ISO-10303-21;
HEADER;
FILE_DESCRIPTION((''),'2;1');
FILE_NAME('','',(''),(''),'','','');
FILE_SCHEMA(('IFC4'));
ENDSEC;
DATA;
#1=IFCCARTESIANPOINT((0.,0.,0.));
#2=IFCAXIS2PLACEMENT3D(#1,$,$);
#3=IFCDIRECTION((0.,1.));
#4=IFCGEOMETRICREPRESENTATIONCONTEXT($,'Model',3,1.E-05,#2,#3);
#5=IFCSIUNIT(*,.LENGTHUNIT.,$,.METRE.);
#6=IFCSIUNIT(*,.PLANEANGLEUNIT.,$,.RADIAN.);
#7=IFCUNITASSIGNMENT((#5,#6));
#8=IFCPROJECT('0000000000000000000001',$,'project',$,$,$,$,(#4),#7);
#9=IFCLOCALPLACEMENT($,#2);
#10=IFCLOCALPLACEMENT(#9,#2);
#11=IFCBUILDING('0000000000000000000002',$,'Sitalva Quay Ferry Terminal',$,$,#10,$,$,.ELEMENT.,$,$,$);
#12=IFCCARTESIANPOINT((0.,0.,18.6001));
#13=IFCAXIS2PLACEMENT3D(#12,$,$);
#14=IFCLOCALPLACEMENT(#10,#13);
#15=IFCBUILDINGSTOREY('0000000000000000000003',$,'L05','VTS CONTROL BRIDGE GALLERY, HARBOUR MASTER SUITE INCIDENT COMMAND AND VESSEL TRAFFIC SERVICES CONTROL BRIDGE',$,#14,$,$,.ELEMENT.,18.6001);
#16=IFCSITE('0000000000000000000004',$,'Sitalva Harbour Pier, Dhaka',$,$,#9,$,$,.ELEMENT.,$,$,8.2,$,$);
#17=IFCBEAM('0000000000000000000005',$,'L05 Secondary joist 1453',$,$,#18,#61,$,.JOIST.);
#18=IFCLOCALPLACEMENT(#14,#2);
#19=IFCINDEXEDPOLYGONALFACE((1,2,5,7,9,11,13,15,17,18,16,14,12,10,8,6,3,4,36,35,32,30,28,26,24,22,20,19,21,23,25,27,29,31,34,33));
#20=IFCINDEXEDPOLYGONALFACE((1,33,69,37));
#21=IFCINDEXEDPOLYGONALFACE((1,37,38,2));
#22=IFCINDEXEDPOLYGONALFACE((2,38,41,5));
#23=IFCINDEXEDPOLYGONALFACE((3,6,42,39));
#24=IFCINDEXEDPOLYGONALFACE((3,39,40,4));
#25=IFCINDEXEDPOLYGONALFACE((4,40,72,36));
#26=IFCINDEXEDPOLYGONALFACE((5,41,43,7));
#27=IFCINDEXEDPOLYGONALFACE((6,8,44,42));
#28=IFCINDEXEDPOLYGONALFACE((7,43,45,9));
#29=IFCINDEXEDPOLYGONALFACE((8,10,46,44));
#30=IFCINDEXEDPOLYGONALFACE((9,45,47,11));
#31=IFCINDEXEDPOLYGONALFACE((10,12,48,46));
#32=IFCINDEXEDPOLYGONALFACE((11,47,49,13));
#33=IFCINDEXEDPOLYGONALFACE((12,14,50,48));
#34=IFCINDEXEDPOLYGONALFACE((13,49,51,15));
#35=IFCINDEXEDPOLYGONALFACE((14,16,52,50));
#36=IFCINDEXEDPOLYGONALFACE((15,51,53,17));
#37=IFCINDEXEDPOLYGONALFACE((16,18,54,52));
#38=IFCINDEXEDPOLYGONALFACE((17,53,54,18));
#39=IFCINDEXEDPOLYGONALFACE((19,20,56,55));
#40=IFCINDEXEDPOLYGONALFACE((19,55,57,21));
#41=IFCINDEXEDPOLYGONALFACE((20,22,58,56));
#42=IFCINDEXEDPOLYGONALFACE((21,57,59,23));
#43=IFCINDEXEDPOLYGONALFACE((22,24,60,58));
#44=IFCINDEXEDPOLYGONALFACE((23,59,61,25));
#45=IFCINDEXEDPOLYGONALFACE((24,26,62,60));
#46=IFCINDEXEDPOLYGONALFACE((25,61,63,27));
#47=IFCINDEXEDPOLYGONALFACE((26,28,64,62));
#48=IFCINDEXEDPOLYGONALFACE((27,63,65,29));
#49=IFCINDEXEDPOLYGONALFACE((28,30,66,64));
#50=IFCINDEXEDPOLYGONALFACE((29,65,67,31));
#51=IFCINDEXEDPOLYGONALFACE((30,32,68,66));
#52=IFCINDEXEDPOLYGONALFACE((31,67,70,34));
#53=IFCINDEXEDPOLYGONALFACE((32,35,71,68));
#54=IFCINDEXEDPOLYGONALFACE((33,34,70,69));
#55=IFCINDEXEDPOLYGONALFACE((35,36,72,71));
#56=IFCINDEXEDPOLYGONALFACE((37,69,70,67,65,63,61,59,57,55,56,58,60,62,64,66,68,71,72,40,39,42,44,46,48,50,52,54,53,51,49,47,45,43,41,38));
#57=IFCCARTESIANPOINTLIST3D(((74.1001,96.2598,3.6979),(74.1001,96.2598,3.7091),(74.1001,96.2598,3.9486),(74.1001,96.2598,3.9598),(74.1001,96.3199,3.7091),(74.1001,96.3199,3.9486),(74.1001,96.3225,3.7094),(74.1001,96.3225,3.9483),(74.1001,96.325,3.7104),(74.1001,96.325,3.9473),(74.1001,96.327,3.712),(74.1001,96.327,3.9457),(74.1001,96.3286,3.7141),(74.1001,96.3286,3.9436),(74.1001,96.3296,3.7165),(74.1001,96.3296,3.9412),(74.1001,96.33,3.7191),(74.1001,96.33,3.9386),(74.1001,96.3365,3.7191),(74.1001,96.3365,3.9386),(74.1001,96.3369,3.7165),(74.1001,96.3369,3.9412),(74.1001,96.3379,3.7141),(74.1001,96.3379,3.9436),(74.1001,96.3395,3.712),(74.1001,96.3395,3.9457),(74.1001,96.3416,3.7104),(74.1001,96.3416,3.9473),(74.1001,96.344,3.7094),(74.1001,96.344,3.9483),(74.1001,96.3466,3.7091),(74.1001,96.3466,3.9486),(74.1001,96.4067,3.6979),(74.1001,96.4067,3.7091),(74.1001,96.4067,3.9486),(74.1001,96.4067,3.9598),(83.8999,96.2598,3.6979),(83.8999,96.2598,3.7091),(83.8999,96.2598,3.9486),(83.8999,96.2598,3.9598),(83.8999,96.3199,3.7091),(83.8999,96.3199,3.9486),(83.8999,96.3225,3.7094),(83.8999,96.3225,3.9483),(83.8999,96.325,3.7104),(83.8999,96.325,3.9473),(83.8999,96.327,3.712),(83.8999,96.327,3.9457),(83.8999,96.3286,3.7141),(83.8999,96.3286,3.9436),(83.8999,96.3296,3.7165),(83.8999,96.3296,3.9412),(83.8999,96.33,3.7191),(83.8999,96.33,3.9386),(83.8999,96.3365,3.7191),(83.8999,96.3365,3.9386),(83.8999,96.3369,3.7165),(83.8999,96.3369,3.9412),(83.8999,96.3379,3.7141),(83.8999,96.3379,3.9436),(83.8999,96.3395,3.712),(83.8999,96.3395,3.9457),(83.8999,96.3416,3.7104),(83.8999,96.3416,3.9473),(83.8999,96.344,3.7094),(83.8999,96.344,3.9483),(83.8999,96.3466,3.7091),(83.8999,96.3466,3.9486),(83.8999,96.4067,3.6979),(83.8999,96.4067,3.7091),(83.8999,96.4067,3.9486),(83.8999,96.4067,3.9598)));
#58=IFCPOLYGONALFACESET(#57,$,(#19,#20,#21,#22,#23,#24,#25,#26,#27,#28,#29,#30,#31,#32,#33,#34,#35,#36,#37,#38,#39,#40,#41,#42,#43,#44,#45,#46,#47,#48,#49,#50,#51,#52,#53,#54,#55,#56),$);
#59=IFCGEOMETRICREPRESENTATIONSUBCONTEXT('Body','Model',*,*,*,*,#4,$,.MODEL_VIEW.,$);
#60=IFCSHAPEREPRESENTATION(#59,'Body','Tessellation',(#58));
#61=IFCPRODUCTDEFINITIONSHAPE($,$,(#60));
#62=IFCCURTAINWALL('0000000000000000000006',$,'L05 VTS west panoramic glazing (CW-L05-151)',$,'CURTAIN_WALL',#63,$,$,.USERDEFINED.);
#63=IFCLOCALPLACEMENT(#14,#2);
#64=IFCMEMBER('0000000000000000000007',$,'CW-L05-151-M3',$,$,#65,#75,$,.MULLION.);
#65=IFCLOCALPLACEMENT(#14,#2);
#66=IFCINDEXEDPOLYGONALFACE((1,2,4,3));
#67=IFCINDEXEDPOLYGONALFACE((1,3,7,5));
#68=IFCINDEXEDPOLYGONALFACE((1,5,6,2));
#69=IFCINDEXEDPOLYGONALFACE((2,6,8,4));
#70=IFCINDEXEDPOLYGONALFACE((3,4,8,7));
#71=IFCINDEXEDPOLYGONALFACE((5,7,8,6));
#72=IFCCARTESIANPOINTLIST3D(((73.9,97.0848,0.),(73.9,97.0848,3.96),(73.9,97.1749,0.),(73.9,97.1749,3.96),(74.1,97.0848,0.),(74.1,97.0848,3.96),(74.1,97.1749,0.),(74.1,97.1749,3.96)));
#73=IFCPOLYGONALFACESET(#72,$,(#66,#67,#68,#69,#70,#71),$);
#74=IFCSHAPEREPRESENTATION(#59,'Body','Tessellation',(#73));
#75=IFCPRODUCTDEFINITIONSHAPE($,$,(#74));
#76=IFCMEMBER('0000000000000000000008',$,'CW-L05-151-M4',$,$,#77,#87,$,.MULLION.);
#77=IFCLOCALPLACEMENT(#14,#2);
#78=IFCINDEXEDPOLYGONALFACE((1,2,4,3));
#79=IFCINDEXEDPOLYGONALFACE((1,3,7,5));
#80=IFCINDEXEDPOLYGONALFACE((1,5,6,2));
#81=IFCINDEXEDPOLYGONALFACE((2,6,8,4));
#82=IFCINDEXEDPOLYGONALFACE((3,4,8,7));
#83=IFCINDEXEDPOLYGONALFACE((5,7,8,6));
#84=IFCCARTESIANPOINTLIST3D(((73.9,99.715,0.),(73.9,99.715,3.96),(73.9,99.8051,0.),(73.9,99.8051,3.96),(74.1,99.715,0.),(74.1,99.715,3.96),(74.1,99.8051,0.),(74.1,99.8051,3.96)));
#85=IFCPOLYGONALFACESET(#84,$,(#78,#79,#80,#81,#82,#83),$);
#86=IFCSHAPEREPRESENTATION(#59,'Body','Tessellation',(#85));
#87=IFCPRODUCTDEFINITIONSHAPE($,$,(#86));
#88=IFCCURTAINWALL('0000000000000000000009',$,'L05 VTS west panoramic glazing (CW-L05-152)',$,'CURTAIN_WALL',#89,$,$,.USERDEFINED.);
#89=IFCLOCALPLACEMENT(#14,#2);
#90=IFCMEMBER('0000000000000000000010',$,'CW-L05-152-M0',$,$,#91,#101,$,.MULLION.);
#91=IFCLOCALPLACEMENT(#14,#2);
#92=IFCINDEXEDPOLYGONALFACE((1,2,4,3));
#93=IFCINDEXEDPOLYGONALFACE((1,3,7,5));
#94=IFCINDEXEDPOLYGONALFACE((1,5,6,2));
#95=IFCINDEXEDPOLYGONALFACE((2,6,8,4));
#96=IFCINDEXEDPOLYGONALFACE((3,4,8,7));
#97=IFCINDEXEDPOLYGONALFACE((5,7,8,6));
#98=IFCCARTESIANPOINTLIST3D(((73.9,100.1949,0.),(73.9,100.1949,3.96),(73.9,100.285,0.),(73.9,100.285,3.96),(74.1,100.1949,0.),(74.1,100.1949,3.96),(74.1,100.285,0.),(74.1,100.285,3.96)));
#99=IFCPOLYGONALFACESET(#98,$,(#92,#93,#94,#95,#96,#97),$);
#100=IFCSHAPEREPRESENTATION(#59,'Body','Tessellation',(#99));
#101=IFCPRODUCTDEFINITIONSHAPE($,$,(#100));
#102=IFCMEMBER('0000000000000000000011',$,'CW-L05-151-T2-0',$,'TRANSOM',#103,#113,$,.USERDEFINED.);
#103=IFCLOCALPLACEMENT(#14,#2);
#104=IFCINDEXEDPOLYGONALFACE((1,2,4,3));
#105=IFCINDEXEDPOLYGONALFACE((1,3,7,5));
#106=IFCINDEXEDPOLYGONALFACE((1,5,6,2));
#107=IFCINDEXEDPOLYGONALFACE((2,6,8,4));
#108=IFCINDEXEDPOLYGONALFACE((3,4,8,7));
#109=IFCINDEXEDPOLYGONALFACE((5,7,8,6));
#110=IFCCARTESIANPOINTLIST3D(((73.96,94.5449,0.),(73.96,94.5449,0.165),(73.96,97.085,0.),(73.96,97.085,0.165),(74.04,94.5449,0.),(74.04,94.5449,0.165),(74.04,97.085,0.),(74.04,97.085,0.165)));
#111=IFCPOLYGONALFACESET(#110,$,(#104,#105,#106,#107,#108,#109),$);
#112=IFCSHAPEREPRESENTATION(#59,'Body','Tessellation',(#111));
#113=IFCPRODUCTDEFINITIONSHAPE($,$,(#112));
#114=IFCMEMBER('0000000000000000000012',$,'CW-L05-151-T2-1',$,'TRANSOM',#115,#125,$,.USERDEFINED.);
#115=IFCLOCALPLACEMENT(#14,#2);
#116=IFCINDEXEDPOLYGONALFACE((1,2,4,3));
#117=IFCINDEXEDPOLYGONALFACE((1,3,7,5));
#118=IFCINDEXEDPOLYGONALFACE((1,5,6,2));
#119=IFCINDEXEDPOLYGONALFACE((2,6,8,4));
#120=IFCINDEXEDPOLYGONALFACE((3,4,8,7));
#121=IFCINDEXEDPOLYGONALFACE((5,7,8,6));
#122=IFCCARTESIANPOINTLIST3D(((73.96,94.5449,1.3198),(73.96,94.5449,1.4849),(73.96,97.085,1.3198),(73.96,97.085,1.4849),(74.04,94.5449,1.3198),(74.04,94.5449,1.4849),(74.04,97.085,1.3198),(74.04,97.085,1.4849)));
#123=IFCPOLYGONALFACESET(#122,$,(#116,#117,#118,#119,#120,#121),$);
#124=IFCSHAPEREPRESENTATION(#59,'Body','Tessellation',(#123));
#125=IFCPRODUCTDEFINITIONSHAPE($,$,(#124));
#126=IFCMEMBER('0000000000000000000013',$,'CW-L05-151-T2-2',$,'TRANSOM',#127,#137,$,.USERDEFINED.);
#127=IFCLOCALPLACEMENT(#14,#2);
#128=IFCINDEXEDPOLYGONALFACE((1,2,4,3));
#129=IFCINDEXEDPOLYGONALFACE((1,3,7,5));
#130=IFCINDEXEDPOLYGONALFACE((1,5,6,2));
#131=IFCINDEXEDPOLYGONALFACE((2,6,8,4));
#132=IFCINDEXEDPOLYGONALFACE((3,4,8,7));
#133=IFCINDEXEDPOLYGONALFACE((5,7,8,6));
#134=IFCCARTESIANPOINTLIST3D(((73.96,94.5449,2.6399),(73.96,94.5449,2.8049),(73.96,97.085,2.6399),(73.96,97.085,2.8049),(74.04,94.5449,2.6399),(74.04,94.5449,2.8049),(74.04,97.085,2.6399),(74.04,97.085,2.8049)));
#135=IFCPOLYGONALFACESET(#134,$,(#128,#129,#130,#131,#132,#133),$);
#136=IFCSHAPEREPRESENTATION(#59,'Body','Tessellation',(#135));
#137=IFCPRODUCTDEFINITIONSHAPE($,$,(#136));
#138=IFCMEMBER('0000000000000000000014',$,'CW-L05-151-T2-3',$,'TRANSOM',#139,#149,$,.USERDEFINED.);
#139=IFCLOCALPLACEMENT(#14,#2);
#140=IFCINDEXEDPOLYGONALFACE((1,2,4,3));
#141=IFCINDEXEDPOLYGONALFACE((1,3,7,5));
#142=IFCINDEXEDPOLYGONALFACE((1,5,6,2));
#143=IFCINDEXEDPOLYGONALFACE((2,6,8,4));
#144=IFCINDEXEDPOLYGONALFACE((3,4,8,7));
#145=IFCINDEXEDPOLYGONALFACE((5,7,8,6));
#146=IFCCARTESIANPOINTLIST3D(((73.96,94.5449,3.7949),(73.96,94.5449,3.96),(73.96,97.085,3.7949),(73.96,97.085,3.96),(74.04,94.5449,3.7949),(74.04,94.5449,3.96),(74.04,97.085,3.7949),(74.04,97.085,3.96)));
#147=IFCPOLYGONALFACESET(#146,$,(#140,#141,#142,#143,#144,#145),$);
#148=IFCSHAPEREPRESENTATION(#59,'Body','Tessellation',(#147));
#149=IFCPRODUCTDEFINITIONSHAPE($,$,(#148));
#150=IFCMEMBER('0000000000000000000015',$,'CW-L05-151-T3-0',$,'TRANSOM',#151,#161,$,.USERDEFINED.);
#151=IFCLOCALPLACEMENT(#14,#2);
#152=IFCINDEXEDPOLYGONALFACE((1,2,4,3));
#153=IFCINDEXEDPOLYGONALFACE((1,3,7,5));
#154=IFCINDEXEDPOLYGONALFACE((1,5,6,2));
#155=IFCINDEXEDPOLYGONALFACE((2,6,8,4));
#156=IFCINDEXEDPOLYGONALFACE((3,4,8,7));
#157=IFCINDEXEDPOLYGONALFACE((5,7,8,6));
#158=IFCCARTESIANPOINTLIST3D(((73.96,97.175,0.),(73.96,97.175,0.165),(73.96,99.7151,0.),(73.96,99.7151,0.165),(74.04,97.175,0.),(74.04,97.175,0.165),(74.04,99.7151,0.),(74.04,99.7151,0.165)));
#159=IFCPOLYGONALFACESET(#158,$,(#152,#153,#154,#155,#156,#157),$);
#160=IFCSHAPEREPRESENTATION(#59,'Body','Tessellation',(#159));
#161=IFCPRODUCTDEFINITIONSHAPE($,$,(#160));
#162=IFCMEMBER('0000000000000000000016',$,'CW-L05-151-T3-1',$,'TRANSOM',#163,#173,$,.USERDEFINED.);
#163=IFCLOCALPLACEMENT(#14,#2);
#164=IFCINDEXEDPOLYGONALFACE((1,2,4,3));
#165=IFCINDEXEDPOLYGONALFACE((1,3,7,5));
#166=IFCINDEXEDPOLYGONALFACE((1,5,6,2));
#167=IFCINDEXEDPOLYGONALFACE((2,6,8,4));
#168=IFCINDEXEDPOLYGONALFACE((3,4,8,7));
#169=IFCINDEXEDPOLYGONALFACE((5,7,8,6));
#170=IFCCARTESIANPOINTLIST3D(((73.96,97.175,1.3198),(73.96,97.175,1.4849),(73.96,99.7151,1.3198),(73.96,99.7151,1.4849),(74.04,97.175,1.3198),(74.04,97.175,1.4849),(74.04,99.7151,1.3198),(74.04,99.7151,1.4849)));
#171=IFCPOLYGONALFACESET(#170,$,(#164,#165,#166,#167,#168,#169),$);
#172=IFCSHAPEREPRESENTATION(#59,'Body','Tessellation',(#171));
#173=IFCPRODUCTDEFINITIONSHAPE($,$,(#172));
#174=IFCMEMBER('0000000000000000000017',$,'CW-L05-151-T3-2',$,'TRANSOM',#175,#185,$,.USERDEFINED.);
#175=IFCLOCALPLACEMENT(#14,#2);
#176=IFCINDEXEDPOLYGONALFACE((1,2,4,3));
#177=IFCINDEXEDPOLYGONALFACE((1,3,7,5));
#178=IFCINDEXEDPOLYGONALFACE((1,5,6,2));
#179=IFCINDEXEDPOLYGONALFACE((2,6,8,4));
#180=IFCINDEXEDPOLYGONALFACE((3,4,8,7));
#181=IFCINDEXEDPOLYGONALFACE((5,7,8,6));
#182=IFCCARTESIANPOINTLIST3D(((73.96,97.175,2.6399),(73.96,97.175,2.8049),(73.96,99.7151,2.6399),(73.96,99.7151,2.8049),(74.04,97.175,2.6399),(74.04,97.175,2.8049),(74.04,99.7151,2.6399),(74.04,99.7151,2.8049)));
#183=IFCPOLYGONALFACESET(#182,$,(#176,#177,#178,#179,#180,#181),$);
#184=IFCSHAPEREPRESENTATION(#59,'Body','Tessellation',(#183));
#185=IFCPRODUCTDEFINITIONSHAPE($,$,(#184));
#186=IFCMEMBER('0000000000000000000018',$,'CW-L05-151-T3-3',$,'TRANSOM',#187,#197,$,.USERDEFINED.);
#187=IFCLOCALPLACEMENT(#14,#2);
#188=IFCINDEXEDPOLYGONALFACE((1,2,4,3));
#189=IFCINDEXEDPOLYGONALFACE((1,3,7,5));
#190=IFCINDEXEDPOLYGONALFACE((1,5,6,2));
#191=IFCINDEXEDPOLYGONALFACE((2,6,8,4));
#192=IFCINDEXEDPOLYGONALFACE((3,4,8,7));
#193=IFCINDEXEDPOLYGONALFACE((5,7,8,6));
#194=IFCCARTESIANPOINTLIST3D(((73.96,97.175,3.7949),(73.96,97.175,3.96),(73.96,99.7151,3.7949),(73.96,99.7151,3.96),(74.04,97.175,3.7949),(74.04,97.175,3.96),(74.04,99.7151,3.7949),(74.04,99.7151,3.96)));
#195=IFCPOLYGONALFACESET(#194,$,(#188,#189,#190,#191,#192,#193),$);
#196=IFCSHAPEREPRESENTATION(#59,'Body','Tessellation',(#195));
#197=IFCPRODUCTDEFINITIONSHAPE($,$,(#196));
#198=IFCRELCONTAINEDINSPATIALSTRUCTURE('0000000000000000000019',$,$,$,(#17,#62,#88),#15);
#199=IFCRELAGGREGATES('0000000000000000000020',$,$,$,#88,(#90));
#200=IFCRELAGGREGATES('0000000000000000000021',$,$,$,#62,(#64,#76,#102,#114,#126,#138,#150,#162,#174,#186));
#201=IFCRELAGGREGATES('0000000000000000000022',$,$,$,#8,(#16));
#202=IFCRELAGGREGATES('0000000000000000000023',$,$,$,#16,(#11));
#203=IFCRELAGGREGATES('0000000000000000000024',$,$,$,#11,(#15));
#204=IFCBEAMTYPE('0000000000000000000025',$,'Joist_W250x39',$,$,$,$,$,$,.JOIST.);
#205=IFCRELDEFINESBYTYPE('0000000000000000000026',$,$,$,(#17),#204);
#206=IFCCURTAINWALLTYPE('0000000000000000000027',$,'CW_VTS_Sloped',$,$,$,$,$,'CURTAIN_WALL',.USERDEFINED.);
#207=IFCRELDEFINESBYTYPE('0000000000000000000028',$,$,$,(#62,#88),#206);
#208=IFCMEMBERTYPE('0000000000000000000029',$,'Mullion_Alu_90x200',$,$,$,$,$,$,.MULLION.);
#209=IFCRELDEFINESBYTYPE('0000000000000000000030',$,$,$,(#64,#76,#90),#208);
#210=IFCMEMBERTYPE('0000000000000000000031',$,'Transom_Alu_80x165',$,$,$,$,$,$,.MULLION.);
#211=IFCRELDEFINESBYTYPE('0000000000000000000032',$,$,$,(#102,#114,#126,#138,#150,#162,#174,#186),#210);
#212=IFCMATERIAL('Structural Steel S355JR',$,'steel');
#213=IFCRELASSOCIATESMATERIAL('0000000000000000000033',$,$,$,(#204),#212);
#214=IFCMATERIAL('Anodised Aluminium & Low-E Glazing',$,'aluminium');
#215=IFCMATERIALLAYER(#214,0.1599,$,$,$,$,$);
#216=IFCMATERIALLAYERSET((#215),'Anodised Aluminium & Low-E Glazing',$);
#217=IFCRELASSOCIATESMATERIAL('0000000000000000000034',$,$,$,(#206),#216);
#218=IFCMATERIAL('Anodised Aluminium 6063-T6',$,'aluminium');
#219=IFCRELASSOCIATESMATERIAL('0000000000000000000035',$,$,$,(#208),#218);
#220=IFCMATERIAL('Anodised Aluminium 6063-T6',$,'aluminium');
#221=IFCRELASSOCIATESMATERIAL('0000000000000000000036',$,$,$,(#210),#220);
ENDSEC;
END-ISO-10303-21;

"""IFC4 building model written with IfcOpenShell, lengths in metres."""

from ifc_helpers import new_model, si_unit, direction, frame, origin, origin_2d, place, context, subcontext, project, spatial, rectangle, i_section, extrude, material, layer, layer_set, material_profile, profile_set, type_object, element, aggregate, save


model = new_model("IFC4")

# Units and contexts
model_context = context("Model", 3, precision=1e-05, world=origin(), true_north=direction((0.0, 1.0)))
body_context = subcontext(model_context, "Body", "Model", "MODEL_VIEW")
ifc_project = project(units=[si_unit("LENGTHUNIT", "METRE"), si_unit("PLANEANGLEUNIT", "RADIAN")], contexts=[model_context])

# Site, building, storey
site_placement = place(None, origin())
site = spatial("IfcSite", under=ifc_project, at=site_placement, Name="Sitalva Harbour Pier, Dhaka", CompositionType="ELEMENT", RefElevation=8.2)
building_placement = place(site_placement, origin())
building = spatial("IfcBuilding", under=site, at=building_placement, Name="Sitalva Quay Ferry Terminal", CompositionType="ELEMENT")
storey_placement = place(building_placement, frame((0.0, 0.0, 18.6001)))
storey = spatial("IfcBuildingStorey", under=building, at=storey_placement, Name="L05", Description="VTS CONTROL BRIDGE GALLERY, HARBOUR MASTER SUITE INCIDENT COMMAND AND VESSEL TRAFFIC SERVICES CONTROL BRIDGE", CompositionType="ELEMENT", Elevation=18.6001)

# Beam
ifc_material_1 = material(Name="Structural Steel S355JR", Category="steel")
ifc_material_profile_1 = material_profile(ifc_material_1, i_section(OverallWidth=0.147, OverallDepth=0.262, WebThickness=0.0066, FlangeThickness=0.0112, FilletRadius=0.01, at=origin_2d()), Name="W250x39")
ifc_profile_set_1 = profile_set([ifc_material_profile_1], Name="Structural Steel S355JR")
beam_type_1 = type_object("IfcBeamType", Name="Joist_W250x39", PredefinedType="JOIST", material=ifc_profile_set_1)
beam_1_placement = place(storey_placement, frame((74.1001, 96.3333, 3.8289), z_axis=(1.0, 0.0, 0.0), x_axis=(0.0, 1.0, 0.0)))
element("IfcBeam", 1, at=beam_1_placement, inside=storey, type_object=beam_type_1, Name="L05 Secondary joist 1453", PredefinedType="JOIST", context=body_context, shape_type="SweptSolid", body=[
    extrude(i_section(OverallWidth=0.147, OverallDepth=0.262, WebThickness=0.0066, FlangeThickness=0.0112, FilletRadius=0.01, at=origin_2d()), origin(), (0.0, 0.0, 1.0), 9.7998),
])

# Curtain wall, members
ifc_material_2 = material(Name="Anodised Aluminium & Low-E Glazing", Category="aluminium")
ifc_layer_1 = layer(ifc_material_2, 0.1599)
ifc_layer_set_1 = layer_set([ifc_layer_1], Name="Anodised Aluminium & Low-E Glazing")
curtain_wall_type = type_object("IfcCurtainWallType", Name="CW_VTS_Sloped", ElementType="CURTAIN_WALL", PredefinedType="USERDEFINED", material=ifc_layer_set_1)
curtain_wall_1_placement = place(storey_placement, origin())
curtain_wall_1 = element("IfcCurtainWall", 2, at=curtain_wall_1_placement, inside=storey, type_object=curtain_wall_type, Name="L05 VTS west panoramic glazing (CW-L05-151)", ObjectType="CURTAIN_WALL", PredefinedType="USERDEFINED")
ifc_material_3 = material(Name="Anodised Aluminium 6063-T6", Category="aluminium")
ifc_material_profile_2 = material_profile(ifc_material_3, rectangle(XDim=0.0901, YDim=0.2, at=origin_2d()), Name="ALU90x200")
ifc_profile_set_2 = profile_set([ifc_material_profile_2], Name="Anodised Aluminium 6063-T6")
member_type_1 = type_object("IfcMemberType", Name="Mullion_Alu_90x200", PredefinedType="MULLION", material=ifc_profile_set_2)
member_1_placement = place(storey_placement, frame((74.0, 97.1299, 0.0), z_axis=(0.0, 0.0, 1.0), x_axis=(0.0, 1.0, 0.0)))
member_1 = element("IfcMember", 3, at=member_1_placement, type_object=member_type_1, Name="CW-L05-151-M3", PredefinedType="MULLION", context=body_context, shape_type="SweptSolid", body=[
    extrude(rectangle(XDim=0.0901, YDim=0.2, at=origin_2d()), origin(), (0.0, 0.0, 1.0), 3.96),
])
member_2_placement = place(storey_placement, frame((74.0, 99.76, 0.0), z_axis=(0.0, 0.0, 1.0), x_axis=(0.0, 1.0, 0.0)))
member_2 = element("IfcMember", 4, at=member_2_placement, type_object=member_type_1, Name="CW-L05-151-M4", PredefinedType="MULLION", context=body_context, shape_type="SweptSolid", body=[
    extrude(rectangle(XDim=0.0901, YDim=0.2, at=origin_2d()), origin(), (0.0, 0.0, 1.0), 3.96),
])

# Curtain wall, member
curtain_wall_2_placement = place(storey_placement, origin())
curtain_wall_2 = element("IfcCurtainWall", 5, at=curtain_wall_2_placement, inside=storey, type_object=curtain_wall_type, Name="L05 VTS west panoramic glazing (CW-L05-152)", ObjectType="CURTAIN_WALL", PredefinedType="USERDEFINED")
member_3_placement = place(storey_placement, frame((74.0, 100.24, 0.0), z_axis=(0.0, 0.0, 1.0), x_axis=(0.0, 1.0, 0.0)))
member_3 = element("IfcMember", 6, at=member_3_placement, type_object=member_type_1, Name="CW-L05-152-M0", PredefinedType="MULLION", context=body_context, shape_type="SweptSolid", body=[
    extrude(rectangle(XDim=0.0901, YDim=0.2, at=origin_2d()), origin(), (0.0, 0.0, 1.0), 3.96),
])

# Members
ifc_material_4 = material(Name="Anodised Aluminium 6063-T6", Category="aluminium")
ifc_material_profile_3 = material_profile(ifc_material_4, rectangle(XDim=0.0801, YDim=0.165, at=origin_2d()), Name="ALU80x165")
ifc_profile_set_3 = profile_set([ifc_material_profile_3], Name="Anodised Aluminium 6063-T6")
member_type_2 = type_object("IfcMemberType", Name="Transom_Alu_80x165", PredefinedType="MULLION", material=ifc_profile_set_3)
member_4_placement = place(storey_placement, frame((74.0, 94.5449, 0.0825), z_axis=(0.0, 1.0, 0.0), x_axis=(-1.0, 0.0, 0.0)))
member_4 = element("IfcMember", 7, at=member_4_placement, type_object=member_type_2, Name="CW-L05-151-T2-0", ObjectType="TRANSOM", PredefinedType="USERDEFINED", context=body_context, shape_type="SweptSolid", body=[
    extrude(rectangle(XDim=0.0801, YDim=0.165, at=origin_2d()), origin(), (0.0, 0.0, 1.0), 2.54),
])
member_5_placement = place(storey_placement, frame((74.0, 94.5449, 1.4023), z_axis=(0.0, 1.0, 0.0), x_axis=(-1.0, 0.0, 0.0)))
member_5 = element("IfcMember", 8, at=member_5_placement, type_object=member_type_2, Name="CW-L05-151-T2-1", ObjectType="TRANSOM", PredefinedType="USERDEFINED", context=body_context, shape_type="SweptSolid", body=[
    extrude(rectangle(XDim=0.0801, YDim=0.165, at=origin_2d()), origin(), (0.0, 0.0, 1.0), 2.54),
])
member_6_placement = place(storey_placement, frame((74.0, 94.5449, 2.7224), z_axis=(0.0, 1.0, 0.0), x_axis=(-1.0, 0.0, 0.0)))
member_6 = element("IfcMember", 9, at=member_6_placement, type_object=member_type_2, Name="CW-L05-151-T2-2", ObjectType="TRANSOM", PredefinedType="USERDEFINED", context=body_context, shape_type="SweptSolid", body=[
    extrude(rectangle(XDim=0.0801, YDim=0.165, at=origin_2d()), origin(), (0.0, 0.0, 1.0), 2.54),
])
member_7_placement = place(storey_placement, frame((74.0, 94.5449, 3.8774), z_axis=(0.0, 1.0, 0.0), x_axis=(-1.0, 0.0, 0.0)))
member_7 = element("IfcMember", 10, at=member_7_placement, type_object=member_type_2, Name="CW-L05-151-T2-3", ObjectType="TRANSOM", PredefinedType="USERDEFINED", context=body_context, shape_type="SweptSolid", body=[
    extrude(rectangle(XDim=0.0801, YDim=0.165, at=origin_2d()), origin(), (0.0, 0.0, 1.0), 2.54),
])
member_8_placement = place(storey_placement, frame((74.0, 97.175, 0.0825), z_axis=(0.0, 1.0, 0.0), x_axis=(-1.0, 0.0, 0.0)))
member_8 = element("IfcMember", 11, at=member_8_placement, type_object=member_type_2, Name="CW-L05-151-T3-0", ObjectType="TRANSOM", PredefinedType="USERDEFINED", context=body_context, shape_type="SweptSolid", body=[
    extrude(rectangle(XDim=0.0801, YDim=0.165, at=origin_2d()), origin(), (0.0, 0.0, 1.0), 2.54),
])
member_9_placement = place(storey_placement, frame((74.0, 97.175, 1.4023), z_axis=(0.0, 1.0, 0.0), x_axis=(-1.0, 0.0, 0.0)))
member_9 = element("IfcMember", 12, at=member_9_placement, type_object=member_type_2, Name="CW-L05-151-T3-1", ObjectType="TRANSOM", PredefinedType="USERDEFINED", context=body_context, shape_type="SweptSolid", body=[
    extrude(rectangle(XDim=0.0801, YDim=0.165, at=origin_2d()), origin(), (0.0, 0.0, 1.0), 2.54),
])
member_10_placement = place(storey_placement, frame((74.0, 97.175, 2.7224), z_axis=(0.0, 1.0, 0.0), x_axis=(-1.0, 0.0, 0.0)))
member_10 = element("IfcMember", 13, at=member_10_placement, type_object=member_type_2, Name="CW-L05-151-T3-2", ObjectType="TRANSOM", PredefinedType="USERDEFINED", context=body_context, shape_type="SweptSolid", body=[
    extrude(rectangle(XDim=0.0801, YDim=0.165, at=origin_2d()), origin(), (0.0, 0.0, 1.0), 2.54),
])
member_11_placement = place(storey_placement, frame((74.0, 97.175, 3.8774), z_axis=(0.0, 1.0, 0.0), x_axis=(-1.0, 0.0, 0.0)))
member_11 = element("IfcMember", 14, at=member_11_placement, type_object=member_type_2, Name="CW-L05-151-T3-3", ObjectType="TRANSOM", PredefinedType="USERDEFINED", context=body_context, shape_type="SweptSolid", body=[
    extrude(rectangle(XDim=0.0801, YDim=0.165, at=origin_2d()), origin(), (0.0, 0.0, 1.0), 2.54),
])
aggregate(curtain_wall_2, [member_3])

aggregate(curtain_wall_1, [member_1, member_2, member_4, member_5, member_6, member_7, member_8, member_9, member_10, member_11])

save(model, "model.ifc")
